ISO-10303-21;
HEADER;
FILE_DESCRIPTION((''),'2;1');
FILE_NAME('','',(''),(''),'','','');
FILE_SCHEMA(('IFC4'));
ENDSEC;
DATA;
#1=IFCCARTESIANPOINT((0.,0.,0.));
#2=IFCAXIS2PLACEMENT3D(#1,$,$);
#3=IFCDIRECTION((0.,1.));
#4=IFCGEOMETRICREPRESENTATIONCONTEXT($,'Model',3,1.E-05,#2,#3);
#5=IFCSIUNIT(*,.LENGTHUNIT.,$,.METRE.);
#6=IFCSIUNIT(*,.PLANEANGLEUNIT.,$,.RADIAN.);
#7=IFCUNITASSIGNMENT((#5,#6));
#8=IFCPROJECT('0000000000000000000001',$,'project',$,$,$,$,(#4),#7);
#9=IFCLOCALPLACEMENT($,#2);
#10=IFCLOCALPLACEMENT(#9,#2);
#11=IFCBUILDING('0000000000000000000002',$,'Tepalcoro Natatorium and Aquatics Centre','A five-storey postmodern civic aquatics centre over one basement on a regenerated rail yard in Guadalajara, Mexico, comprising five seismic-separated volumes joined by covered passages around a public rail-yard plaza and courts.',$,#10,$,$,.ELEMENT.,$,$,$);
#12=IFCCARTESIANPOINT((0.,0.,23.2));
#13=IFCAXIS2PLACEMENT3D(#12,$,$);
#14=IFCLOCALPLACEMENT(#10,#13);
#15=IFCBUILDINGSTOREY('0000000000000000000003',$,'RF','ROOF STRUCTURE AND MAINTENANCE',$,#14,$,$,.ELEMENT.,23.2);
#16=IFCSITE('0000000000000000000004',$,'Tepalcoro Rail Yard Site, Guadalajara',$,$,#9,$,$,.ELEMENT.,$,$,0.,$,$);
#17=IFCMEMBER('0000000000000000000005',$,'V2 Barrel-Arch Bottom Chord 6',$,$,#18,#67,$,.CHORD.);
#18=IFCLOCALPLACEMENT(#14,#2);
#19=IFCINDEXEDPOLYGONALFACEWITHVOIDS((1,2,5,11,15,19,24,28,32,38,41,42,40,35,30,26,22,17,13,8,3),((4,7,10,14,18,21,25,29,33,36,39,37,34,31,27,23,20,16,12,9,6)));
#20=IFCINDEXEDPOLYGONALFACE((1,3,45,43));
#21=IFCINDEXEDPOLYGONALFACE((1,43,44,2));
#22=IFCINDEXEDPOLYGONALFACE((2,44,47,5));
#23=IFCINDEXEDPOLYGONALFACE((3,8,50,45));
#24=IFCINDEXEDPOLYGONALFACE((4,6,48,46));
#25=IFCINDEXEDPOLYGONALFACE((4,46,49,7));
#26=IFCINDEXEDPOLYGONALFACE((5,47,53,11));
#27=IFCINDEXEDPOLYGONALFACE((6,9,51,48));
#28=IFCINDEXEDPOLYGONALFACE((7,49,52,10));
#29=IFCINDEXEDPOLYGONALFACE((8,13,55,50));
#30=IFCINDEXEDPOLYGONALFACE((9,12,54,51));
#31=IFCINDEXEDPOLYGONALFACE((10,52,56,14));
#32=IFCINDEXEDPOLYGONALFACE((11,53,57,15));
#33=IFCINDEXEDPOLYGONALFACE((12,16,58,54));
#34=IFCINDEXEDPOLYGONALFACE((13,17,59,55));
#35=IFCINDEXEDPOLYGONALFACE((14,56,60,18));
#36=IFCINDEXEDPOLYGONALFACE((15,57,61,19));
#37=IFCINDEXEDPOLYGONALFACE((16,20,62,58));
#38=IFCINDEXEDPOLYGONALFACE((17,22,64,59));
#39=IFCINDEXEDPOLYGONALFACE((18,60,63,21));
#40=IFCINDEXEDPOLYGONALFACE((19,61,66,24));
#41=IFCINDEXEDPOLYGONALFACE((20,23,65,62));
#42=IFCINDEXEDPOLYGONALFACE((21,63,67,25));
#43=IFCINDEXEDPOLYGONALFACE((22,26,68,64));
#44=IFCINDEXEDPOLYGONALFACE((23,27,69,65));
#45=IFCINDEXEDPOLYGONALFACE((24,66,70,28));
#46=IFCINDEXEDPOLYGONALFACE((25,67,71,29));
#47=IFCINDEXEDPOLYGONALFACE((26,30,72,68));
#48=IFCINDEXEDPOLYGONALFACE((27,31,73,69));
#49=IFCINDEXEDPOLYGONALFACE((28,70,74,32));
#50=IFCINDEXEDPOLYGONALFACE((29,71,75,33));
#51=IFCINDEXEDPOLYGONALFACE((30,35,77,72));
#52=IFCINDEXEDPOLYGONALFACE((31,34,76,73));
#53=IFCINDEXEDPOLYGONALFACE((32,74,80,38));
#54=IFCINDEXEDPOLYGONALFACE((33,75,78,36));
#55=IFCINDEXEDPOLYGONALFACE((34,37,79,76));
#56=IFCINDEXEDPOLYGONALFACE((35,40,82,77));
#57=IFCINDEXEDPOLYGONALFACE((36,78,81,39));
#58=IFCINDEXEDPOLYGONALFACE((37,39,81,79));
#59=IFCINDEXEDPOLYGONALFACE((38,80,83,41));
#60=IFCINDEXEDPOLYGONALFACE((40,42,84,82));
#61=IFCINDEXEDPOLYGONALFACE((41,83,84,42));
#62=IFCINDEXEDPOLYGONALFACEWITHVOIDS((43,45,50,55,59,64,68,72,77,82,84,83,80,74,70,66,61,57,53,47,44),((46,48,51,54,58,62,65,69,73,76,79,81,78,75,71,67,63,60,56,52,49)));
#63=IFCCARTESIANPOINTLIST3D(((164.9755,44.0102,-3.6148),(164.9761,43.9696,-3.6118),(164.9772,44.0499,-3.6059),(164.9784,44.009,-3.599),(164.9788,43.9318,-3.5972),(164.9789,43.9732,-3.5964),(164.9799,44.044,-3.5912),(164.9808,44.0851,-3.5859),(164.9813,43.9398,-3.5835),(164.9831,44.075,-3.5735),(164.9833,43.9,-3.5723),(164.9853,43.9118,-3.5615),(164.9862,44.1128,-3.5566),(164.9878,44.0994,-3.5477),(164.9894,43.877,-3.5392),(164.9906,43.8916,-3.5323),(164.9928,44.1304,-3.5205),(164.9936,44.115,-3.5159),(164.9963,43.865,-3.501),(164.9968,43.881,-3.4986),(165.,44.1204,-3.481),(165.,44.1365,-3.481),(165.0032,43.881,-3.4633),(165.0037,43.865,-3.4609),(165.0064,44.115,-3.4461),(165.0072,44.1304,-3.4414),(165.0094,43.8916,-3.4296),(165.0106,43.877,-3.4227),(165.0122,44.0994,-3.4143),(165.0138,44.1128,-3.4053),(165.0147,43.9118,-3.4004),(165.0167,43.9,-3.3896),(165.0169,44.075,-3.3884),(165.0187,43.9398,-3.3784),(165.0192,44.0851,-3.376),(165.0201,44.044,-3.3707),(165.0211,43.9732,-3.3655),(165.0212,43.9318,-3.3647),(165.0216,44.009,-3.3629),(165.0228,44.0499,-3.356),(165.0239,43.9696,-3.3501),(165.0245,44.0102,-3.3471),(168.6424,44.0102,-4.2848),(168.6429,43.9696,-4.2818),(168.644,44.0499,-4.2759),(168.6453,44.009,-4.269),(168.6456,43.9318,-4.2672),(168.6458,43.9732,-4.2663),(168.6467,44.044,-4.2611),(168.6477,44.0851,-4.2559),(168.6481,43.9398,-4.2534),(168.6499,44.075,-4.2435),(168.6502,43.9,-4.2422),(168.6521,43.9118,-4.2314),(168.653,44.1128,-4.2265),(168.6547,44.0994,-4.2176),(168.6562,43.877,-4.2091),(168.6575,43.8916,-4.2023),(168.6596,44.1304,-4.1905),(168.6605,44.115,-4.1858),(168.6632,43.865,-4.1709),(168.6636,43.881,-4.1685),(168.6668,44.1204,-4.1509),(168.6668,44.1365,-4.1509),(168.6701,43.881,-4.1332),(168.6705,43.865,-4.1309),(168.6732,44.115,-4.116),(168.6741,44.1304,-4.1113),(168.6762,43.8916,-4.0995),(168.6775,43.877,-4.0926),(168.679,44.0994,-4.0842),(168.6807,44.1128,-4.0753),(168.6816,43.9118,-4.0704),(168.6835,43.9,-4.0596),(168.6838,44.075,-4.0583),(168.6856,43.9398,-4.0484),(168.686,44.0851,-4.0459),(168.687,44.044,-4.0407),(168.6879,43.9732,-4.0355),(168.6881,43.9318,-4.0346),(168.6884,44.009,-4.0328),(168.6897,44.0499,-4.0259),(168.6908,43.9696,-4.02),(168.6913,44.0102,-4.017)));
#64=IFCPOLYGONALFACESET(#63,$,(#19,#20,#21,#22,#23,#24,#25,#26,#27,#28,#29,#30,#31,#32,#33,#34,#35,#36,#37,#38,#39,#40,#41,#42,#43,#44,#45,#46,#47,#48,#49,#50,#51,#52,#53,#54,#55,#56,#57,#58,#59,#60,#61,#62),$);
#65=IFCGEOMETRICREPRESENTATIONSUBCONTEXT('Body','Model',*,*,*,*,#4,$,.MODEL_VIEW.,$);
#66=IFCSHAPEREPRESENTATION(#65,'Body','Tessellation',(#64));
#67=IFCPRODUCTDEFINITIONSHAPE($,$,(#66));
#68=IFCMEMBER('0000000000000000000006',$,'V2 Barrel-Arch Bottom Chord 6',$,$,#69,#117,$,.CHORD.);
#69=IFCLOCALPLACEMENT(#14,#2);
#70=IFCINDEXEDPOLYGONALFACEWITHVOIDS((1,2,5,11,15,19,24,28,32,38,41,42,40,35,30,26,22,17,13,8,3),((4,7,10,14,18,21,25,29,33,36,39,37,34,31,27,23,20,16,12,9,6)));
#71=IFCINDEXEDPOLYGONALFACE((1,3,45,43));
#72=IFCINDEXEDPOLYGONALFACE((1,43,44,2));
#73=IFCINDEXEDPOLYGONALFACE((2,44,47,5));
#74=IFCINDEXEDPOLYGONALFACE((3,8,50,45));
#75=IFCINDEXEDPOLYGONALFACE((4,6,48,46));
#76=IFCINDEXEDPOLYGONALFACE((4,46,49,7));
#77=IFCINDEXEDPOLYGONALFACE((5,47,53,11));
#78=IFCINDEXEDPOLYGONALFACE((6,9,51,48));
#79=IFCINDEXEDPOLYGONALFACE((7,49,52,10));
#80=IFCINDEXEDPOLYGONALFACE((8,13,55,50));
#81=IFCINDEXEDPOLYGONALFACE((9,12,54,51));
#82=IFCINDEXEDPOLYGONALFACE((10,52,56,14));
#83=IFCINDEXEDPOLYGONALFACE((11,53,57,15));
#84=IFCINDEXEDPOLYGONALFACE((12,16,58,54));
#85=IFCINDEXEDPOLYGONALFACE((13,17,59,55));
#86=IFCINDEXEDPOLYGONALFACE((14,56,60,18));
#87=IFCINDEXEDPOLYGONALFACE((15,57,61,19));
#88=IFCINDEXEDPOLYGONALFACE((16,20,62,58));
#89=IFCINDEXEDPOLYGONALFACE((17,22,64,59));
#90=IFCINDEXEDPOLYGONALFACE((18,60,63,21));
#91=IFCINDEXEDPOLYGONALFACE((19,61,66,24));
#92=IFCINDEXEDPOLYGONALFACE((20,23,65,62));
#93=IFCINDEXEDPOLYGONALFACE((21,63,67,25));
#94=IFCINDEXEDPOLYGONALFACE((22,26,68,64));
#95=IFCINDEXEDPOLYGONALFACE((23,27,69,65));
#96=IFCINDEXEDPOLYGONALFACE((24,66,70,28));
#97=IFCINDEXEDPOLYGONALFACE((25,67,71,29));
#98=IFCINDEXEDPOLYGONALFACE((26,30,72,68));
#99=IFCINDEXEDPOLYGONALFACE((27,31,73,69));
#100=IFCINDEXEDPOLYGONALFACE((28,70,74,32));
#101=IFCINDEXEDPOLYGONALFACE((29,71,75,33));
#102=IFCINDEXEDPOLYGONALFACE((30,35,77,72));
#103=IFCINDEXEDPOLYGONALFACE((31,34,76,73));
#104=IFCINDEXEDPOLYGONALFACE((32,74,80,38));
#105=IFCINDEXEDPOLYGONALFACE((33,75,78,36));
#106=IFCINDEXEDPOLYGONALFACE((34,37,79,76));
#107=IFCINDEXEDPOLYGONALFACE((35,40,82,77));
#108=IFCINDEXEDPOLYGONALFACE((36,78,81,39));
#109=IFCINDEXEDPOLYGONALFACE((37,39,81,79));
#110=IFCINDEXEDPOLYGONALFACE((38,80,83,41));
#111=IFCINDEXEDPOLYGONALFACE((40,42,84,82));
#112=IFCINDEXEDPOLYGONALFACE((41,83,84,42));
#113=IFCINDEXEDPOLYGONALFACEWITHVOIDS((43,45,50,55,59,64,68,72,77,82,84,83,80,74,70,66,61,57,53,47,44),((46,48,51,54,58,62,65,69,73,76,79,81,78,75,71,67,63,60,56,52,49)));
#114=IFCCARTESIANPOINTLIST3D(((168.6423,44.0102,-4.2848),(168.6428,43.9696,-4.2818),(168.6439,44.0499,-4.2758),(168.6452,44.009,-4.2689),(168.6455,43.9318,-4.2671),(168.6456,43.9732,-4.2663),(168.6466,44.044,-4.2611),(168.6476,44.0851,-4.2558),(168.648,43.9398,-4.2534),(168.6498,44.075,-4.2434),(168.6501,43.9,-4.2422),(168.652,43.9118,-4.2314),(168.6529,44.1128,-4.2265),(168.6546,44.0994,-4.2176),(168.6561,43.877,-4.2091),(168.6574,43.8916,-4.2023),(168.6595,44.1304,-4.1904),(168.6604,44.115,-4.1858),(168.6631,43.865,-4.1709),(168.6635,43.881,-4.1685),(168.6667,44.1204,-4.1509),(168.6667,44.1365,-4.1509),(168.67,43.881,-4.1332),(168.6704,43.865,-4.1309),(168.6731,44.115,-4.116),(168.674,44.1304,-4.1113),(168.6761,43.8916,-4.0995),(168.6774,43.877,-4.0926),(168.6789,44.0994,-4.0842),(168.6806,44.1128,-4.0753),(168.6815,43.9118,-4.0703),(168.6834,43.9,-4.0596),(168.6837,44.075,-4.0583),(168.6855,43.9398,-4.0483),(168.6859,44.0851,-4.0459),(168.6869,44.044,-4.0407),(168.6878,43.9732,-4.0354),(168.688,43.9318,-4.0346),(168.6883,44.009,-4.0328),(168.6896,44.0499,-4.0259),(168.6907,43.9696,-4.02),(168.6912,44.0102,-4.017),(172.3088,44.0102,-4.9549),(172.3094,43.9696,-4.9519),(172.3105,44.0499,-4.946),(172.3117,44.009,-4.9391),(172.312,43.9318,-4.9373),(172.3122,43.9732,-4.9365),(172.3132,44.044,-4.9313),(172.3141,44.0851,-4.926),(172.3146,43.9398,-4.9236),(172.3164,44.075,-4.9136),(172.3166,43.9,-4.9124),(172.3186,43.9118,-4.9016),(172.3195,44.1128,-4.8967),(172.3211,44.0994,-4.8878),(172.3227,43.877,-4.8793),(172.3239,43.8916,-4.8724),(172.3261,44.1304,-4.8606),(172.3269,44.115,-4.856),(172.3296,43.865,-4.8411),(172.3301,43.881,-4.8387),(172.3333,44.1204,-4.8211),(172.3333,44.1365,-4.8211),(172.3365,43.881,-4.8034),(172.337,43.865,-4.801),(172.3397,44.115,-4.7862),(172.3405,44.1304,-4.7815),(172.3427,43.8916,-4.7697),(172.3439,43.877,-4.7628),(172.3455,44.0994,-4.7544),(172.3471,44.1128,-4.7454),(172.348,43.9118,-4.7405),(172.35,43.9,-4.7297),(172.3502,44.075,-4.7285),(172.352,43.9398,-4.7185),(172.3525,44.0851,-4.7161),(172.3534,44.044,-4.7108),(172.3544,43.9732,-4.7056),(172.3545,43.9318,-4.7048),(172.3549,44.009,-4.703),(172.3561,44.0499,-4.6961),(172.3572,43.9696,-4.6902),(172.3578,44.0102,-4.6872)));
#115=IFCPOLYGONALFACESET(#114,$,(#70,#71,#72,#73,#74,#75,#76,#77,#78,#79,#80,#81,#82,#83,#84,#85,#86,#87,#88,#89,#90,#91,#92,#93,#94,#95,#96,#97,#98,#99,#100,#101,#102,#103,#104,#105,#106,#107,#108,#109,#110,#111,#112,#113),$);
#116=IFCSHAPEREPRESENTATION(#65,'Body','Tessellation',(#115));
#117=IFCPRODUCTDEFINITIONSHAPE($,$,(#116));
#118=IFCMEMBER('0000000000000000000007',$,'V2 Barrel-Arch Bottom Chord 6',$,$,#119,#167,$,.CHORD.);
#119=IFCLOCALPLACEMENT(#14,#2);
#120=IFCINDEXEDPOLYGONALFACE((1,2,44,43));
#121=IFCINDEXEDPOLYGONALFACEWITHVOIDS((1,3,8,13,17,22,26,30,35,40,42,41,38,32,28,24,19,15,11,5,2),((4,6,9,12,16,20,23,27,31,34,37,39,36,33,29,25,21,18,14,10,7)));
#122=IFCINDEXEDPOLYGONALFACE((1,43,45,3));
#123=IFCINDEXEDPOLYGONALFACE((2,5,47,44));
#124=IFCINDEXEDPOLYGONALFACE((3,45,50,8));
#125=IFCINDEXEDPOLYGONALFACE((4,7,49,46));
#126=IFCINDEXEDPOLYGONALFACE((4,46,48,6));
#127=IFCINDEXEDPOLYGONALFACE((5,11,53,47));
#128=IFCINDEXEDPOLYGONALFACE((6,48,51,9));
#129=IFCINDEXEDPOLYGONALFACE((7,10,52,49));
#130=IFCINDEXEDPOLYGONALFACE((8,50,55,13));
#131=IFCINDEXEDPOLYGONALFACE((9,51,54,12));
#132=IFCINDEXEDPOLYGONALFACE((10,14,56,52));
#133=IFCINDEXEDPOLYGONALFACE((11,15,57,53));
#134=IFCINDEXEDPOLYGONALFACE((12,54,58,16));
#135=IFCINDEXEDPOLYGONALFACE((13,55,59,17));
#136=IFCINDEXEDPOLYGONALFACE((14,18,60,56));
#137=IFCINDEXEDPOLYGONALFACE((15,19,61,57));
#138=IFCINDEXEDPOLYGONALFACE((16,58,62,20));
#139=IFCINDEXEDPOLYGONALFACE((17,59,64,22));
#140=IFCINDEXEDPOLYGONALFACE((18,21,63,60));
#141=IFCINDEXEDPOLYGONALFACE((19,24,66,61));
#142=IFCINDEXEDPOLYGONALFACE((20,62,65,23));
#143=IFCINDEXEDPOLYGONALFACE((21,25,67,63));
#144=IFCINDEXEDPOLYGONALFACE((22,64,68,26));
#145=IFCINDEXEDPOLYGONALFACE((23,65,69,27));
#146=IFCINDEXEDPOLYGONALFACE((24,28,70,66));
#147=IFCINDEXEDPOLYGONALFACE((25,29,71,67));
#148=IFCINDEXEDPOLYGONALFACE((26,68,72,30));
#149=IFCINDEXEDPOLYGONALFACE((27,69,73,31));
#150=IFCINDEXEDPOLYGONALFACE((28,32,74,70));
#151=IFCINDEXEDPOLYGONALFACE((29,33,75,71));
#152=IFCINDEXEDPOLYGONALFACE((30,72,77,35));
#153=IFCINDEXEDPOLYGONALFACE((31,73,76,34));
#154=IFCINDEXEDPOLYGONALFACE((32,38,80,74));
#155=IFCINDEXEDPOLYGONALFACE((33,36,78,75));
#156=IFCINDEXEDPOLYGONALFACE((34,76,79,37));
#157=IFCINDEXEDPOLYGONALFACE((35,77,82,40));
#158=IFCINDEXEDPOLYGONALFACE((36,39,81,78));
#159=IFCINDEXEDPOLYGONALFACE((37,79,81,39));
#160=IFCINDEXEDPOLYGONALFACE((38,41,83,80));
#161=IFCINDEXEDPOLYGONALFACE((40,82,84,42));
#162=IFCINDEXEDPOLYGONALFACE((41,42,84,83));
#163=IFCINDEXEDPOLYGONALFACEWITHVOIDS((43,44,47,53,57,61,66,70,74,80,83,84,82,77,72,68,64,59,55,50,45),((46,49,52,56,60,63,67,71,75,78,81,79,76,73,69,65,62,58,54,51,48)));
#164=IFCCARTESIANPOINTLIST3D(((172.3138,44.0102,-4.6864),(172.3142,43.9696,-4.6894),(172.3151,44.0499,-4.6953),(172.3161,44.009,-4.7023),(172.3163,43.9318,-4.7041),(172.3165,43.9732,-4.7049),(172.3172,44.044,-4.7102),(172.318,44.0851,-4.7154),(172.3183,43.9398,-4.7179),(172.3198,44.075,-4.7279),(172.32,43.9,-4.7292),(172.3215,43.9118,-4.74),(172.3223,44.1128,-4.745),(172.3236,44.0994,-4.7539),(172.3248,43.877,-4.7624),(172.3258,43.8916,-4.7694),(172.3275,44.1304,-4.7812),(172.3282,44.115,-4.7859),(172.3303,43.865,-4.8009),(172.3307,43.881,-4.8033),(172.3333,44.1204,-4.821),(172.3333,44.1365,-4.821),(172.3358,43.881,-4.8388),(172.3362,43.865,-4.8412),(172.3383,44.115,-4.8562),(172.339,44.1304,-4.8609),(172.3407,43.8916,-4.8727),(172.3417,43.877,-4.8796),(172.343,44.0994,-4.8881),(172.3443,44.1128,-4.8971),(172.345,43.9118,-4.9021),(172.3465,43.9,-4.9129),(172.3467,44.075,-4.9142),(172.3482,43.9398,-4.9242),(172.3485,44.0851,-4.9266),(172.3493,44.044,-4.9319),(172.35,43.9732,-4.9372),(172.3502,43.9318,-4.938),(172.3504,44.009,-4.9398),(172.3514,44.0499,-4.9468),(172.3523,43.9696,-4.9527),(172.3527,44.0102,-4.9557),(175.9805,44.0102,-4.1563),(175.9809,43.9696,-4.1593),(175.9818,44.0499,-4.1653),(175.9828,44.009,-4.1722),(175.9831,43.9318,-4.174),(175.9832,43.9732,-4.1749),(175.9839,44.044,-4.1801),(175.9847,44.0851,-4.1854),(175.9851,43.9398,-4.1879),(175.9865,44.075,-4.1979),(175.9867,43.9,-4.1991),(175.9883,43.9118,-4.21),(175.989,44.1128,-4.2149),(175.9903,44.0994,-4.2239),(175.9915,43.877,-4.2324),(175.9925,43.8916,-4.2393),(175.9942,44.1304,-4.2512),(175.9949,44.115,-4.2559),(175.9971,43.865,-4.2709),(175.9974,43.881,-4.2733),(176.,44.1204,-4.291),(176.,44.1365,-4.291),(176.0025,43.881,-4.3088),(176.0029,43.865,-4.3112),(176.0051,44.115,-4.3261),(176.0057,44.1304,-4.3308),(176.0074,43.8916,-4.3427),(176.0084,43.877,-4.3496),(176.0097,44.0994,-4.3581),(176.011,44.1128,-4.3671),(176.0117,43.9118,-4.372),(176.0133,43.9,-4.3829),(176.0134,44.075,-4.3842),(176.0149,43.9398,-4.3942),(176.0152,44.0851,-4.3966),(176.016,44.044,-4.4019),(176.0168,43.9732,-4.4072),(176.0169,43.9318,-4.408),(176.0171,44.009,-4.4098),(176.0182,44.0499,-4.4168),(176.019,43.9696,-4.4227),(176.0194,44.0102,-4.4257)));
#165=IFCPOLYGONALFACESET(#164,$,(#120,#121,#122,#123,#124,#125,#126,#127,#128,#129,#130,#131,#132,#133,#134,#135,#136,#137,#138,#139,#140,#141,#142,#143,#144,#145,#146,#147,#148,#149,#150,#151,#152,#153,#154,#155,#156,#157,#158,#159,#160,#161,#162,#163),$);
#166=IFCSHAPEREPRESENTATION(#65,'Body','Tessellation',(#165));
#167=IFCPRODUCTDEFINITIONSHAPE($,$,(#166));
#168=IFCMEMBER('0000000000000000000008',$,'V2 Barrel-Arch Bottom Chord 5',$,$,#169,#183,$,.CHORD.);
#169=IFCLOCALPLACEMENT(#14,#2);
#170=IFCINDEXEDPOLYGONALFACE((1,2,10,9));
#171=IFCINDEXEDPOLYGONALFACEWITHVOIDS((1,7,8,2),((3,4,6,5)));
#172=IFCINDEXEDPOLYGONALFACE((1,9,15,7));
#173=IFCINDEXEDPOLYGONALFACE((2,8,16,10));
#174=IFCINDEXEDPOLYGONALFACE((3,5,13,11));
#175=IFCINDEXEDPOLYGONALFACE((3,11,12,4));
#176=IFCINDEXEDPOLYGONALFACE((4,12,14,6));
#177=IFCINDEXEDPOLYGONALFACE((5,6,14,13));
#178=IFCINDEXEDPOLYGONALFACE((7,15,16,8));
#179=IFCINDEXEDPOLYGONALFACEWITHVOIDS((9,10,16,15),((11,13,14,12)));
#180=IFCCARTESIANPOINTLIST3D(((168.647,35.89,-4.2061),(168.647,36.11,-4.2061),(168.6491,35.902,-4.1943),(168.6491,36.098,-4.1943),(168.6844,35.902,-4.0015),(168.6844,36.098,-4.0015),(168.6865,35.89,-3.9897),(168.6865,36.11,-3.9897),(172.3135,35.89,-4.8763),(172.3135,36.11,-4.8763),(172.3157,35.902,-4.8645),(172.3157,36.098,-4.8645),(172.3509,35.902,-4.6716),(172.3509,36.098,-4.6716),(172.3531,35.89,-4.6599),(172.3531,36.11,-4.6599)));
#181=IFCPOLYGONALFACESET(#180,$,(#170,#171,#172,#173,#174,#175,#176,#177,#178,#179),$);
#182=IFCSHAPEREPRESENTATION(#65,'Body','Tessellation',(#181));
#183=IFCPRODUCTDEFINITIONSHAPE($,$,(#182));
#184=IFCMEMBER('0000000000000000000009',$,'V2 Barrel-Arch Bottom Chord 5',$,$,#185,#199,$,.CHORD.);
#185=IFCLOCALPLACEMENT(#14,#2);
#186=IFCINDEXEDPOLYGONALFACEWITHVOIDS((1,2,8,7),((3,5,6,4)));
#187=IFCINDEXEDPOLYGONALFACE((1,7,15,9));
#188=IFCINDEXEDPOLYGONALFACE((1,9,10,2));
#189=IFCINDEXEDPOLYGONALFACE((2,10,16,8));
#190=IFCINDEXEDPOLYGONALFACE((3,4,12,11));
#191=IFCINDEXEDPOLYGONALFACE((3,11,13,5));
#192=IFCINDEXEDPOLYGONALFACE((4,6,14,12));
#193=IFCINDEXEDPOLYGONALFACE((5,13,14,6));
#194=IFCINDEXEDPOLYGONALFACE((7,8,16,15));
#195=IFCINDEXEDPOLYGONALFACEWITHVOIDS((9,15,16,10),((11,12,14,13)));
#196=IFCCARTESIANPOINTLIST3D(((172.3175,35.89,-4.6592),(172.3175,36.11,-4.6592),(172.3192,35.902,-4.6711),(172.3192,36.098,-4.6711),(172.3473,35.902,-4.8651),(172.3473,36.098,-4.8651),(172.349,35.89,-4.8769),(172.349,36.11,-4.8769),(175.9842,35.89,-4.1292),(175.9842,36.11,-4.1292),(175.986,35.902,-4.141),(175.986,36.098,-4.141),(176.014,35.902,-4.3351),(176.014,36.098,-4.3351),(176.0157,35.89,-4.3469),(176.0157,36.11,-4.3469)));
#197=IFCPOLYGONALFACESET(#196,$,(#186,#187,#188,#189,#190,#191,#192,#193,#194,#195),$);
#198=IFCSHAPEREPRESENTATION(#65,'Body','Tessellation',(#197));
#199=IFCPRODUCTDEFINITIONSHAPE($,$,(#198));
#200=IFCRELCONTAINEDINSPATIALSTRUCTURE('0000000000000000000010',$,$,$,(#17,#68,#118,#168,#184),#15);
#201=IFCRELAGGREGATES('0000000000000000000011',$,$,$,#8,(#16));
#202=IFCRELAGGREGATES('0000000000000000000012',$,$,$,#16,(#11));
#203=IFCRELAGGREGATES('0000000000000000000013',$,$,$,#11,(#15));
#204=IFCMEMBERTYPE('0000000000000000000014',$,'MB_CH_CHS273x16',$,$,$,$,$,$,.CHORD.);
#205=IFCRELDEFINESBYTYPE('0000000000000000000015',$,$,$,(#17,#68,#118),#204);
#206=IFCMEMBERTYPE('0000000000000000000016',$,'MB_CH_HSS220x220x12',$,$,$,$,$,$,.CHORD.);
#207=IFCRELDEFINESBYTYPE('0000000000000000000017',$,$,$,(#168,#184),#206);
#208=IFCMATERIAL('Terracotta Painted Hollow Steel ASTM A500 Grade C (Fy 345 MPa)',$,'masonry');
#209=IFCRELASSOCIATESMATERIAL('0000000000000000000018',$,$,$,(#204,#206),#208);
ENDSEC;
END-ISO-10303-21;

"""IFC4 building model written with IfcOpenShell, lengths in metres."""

from ifc_helpers import new_model, si_unit, direction, frame, origin, origin_2d, place, context, subcontext, project, spatial, hollow_rectangle, hollow_circle, extrude, material, material_profile, profile_set, type_object, element, save


model = new_model("IFC4")

# Units and contexts
model_context = context("Model", 3, precision=1e-05, world=origin(), true_north=direction((0.0, 1.0)))
body_context = subcontext(model_context, "Body", "Model", "MODEL_VIEW")
ifc_project = project(units=[si_unit("LENGTHUNIT", "METRE"), si_unit("PLANEANGLEUNIT", "RADIAN")], contexts=[model_context])

# Site, building, storey
site_placement = place(None, origin())
site = spatial("IfcSite", under=ifc_project, at=site_placement, Name="Tepalcoro Rail Yard Site, Guadalajara", CompositionType="ELEMENT", RefElevation=0.0)
building_placement = place(site_placement, origin())
building = spatial("IfcBuilding", under=site, at=building_placement, Name="Tepalcoro Natatorium and Aquatics Centre", Description="A five-storey postmodern civic aquatics centre over one basement on a regenerated rail yard in Guadalajara, Mexico, comprising five seismic-separated volumes joined by covered passages around a public rail-yard plaza and courts.", CompositionType="ELEMENT")
storey_placement = place(building_placement, frame((0.0, 0.0, 23.2)))
storey = spatial("IfcBuildingStorey", under=building, at=storey_placement, Name="RF", Description="ROOF STRUCTURE AND MAINTENANCE", CompositionType="ELEMENT", Elevation=23.2)

# Shared definitions
ifc_material_1 = material(Name="Terracotta Painted Hollow Steel ASTM A500 Grade C (Fy 345 MPa)", Category="masonry")

# Members
ifc_material_profile_1 = material_profile(ifc_material_1, hollow_circle(Radius=0.1365, WallThickness=0.0161, at=origin_2d()), Name="CHS273X16")
ifc_profile_set_1 = profile_set([ifc_material_profile_1], Name="Terracotta Painted Hollow Steel ASTM A500 Grade C (Fy 345 MPa)")
member_type_1 = type_object("IfcMemberType", Name="MB_CH_CHS273x16", PredefinedType="CHORD", material=ifc_profile_set_1)
member_1_placement = place(storey_placement, frame((165.0, 44.0, -3.481), z_axis=(0.983717, 0.0, -0.179727), x_axis=(0.0, 1.0, 0.0)))
element("IfcMember", 1, at=member_1_placement, inside=storey, type_object=member_type_1, Name="V2 Barrel-Arch Bottom Chord 6", PredefinedType="CHORD", context=body_context, shape_type="SweptSolid", body=[
    extrude(hollow_circle(Radius=0.1365, WallThickness=0.0161, at=origin_2d()), origin(), (0.0, 0.0, 1.0), 3.7275),
])
member_2_placement = place(storey_placement, frame((168.6667, 44.0, -4.1509), z_axis=(0.983703, 0.0, -0.179802), x_axis=(0.0, 1.0, 0.0)))
element("IfcMember", 2, at=member_2_placement, inside=storey, type_object=member_type_1, Name="V2 Barrel-Arch Bottom Chord 6", PredefinedType="CHORD", context=body_context, shape_type="SweptSolid", body=[
    extrude(hollow_circle(Radius=0.1365, WallThickness=0.0161, at=origin_2d()), origin(), (0.0, 0.0, 1.0), 3.7273),
])
member_3_placement = place(storey_placement, frame((172.3333, 44.0, -4.821), z_axis=(0.989714, 0.0, 0.143063), x_axis=(0.0, 1.0, 0.0)))
element("IfcMember", 3, at=member_3_placement, inside=storey, type_object=member_type_1, Name="V2 Barrel-Arch Bottom Chord 6", PredefinedType="CHORD", context=body_context, shape_type="SweptSolid", body=[
    extrude(hollow_circle(Radius=0.1365, WallThickness=0.0161, at=origin_2d()), origin(), (0.0, 0.0, 1.0), 3.7048),
])
ifc_material_profile_2 = material_profile(ifc_material_1, hollow_rectangle(XDim=0.22, YDim=0.22, WallThickness=0.012, at=origin_2d()), Name="HSS220X220X12")
ifc_profile_set_2 = profile_set([ifc_material_profile_2], Name="Terracotta Painted Hollow Steel ASTM A500 Grade C (Fy 345 MPa)")
member_type_2 = type_object("IfcMemberType", Name="MB_CH_HSS220x220x12", PredefinedType="CHORD", material=ifc_profile_set_2)
member_4_placement = place(storey_placement, frame((168.6667, 36.0, -4.0979), z_axis=(0.983703, 0.0, -0.179802), x_axis=(0.0, 1.0, 0.0)))
element("IfcMember", 4, at=member_4_placement, inside=storey, type_object=member_type_2, Name="V2 Barrel-Arch Bottom Chord 5", PredefinedType="CHORD", context=body_context, shape_type="SweptSolid", body=[
    extrude(hollow_rectangle(XDim=0.22, YDim=0.22, WallThickness=0.012, at=origin_2d()), origin(), (0.0, 0.0, 1.0), 3.7273),
])
member_5_placement = place(storey_placement, frame((172.3333, 36.0, -4.7681), z_axis=(0.989714, 0.0, 0.143063), x_axis=(0.0, 1.0, 0.0)))
element("IfcMember", 5, at=member_5_placement, inside=storey, type_object=member_type_2, Name="V2 Barrel-Arch Bottom Chord 5", PredefinedType="CHORD", context=body_context, shape_type="SweptSolid", body=[
    extrude(hollow_rectangle(XDim=0.22, YDim=0.22, WallThickness=0.012, at=origin_2d()), origin(), (0.0, 0.0, 1.0), 3.7048),
])

save(model, "model.ifc")
